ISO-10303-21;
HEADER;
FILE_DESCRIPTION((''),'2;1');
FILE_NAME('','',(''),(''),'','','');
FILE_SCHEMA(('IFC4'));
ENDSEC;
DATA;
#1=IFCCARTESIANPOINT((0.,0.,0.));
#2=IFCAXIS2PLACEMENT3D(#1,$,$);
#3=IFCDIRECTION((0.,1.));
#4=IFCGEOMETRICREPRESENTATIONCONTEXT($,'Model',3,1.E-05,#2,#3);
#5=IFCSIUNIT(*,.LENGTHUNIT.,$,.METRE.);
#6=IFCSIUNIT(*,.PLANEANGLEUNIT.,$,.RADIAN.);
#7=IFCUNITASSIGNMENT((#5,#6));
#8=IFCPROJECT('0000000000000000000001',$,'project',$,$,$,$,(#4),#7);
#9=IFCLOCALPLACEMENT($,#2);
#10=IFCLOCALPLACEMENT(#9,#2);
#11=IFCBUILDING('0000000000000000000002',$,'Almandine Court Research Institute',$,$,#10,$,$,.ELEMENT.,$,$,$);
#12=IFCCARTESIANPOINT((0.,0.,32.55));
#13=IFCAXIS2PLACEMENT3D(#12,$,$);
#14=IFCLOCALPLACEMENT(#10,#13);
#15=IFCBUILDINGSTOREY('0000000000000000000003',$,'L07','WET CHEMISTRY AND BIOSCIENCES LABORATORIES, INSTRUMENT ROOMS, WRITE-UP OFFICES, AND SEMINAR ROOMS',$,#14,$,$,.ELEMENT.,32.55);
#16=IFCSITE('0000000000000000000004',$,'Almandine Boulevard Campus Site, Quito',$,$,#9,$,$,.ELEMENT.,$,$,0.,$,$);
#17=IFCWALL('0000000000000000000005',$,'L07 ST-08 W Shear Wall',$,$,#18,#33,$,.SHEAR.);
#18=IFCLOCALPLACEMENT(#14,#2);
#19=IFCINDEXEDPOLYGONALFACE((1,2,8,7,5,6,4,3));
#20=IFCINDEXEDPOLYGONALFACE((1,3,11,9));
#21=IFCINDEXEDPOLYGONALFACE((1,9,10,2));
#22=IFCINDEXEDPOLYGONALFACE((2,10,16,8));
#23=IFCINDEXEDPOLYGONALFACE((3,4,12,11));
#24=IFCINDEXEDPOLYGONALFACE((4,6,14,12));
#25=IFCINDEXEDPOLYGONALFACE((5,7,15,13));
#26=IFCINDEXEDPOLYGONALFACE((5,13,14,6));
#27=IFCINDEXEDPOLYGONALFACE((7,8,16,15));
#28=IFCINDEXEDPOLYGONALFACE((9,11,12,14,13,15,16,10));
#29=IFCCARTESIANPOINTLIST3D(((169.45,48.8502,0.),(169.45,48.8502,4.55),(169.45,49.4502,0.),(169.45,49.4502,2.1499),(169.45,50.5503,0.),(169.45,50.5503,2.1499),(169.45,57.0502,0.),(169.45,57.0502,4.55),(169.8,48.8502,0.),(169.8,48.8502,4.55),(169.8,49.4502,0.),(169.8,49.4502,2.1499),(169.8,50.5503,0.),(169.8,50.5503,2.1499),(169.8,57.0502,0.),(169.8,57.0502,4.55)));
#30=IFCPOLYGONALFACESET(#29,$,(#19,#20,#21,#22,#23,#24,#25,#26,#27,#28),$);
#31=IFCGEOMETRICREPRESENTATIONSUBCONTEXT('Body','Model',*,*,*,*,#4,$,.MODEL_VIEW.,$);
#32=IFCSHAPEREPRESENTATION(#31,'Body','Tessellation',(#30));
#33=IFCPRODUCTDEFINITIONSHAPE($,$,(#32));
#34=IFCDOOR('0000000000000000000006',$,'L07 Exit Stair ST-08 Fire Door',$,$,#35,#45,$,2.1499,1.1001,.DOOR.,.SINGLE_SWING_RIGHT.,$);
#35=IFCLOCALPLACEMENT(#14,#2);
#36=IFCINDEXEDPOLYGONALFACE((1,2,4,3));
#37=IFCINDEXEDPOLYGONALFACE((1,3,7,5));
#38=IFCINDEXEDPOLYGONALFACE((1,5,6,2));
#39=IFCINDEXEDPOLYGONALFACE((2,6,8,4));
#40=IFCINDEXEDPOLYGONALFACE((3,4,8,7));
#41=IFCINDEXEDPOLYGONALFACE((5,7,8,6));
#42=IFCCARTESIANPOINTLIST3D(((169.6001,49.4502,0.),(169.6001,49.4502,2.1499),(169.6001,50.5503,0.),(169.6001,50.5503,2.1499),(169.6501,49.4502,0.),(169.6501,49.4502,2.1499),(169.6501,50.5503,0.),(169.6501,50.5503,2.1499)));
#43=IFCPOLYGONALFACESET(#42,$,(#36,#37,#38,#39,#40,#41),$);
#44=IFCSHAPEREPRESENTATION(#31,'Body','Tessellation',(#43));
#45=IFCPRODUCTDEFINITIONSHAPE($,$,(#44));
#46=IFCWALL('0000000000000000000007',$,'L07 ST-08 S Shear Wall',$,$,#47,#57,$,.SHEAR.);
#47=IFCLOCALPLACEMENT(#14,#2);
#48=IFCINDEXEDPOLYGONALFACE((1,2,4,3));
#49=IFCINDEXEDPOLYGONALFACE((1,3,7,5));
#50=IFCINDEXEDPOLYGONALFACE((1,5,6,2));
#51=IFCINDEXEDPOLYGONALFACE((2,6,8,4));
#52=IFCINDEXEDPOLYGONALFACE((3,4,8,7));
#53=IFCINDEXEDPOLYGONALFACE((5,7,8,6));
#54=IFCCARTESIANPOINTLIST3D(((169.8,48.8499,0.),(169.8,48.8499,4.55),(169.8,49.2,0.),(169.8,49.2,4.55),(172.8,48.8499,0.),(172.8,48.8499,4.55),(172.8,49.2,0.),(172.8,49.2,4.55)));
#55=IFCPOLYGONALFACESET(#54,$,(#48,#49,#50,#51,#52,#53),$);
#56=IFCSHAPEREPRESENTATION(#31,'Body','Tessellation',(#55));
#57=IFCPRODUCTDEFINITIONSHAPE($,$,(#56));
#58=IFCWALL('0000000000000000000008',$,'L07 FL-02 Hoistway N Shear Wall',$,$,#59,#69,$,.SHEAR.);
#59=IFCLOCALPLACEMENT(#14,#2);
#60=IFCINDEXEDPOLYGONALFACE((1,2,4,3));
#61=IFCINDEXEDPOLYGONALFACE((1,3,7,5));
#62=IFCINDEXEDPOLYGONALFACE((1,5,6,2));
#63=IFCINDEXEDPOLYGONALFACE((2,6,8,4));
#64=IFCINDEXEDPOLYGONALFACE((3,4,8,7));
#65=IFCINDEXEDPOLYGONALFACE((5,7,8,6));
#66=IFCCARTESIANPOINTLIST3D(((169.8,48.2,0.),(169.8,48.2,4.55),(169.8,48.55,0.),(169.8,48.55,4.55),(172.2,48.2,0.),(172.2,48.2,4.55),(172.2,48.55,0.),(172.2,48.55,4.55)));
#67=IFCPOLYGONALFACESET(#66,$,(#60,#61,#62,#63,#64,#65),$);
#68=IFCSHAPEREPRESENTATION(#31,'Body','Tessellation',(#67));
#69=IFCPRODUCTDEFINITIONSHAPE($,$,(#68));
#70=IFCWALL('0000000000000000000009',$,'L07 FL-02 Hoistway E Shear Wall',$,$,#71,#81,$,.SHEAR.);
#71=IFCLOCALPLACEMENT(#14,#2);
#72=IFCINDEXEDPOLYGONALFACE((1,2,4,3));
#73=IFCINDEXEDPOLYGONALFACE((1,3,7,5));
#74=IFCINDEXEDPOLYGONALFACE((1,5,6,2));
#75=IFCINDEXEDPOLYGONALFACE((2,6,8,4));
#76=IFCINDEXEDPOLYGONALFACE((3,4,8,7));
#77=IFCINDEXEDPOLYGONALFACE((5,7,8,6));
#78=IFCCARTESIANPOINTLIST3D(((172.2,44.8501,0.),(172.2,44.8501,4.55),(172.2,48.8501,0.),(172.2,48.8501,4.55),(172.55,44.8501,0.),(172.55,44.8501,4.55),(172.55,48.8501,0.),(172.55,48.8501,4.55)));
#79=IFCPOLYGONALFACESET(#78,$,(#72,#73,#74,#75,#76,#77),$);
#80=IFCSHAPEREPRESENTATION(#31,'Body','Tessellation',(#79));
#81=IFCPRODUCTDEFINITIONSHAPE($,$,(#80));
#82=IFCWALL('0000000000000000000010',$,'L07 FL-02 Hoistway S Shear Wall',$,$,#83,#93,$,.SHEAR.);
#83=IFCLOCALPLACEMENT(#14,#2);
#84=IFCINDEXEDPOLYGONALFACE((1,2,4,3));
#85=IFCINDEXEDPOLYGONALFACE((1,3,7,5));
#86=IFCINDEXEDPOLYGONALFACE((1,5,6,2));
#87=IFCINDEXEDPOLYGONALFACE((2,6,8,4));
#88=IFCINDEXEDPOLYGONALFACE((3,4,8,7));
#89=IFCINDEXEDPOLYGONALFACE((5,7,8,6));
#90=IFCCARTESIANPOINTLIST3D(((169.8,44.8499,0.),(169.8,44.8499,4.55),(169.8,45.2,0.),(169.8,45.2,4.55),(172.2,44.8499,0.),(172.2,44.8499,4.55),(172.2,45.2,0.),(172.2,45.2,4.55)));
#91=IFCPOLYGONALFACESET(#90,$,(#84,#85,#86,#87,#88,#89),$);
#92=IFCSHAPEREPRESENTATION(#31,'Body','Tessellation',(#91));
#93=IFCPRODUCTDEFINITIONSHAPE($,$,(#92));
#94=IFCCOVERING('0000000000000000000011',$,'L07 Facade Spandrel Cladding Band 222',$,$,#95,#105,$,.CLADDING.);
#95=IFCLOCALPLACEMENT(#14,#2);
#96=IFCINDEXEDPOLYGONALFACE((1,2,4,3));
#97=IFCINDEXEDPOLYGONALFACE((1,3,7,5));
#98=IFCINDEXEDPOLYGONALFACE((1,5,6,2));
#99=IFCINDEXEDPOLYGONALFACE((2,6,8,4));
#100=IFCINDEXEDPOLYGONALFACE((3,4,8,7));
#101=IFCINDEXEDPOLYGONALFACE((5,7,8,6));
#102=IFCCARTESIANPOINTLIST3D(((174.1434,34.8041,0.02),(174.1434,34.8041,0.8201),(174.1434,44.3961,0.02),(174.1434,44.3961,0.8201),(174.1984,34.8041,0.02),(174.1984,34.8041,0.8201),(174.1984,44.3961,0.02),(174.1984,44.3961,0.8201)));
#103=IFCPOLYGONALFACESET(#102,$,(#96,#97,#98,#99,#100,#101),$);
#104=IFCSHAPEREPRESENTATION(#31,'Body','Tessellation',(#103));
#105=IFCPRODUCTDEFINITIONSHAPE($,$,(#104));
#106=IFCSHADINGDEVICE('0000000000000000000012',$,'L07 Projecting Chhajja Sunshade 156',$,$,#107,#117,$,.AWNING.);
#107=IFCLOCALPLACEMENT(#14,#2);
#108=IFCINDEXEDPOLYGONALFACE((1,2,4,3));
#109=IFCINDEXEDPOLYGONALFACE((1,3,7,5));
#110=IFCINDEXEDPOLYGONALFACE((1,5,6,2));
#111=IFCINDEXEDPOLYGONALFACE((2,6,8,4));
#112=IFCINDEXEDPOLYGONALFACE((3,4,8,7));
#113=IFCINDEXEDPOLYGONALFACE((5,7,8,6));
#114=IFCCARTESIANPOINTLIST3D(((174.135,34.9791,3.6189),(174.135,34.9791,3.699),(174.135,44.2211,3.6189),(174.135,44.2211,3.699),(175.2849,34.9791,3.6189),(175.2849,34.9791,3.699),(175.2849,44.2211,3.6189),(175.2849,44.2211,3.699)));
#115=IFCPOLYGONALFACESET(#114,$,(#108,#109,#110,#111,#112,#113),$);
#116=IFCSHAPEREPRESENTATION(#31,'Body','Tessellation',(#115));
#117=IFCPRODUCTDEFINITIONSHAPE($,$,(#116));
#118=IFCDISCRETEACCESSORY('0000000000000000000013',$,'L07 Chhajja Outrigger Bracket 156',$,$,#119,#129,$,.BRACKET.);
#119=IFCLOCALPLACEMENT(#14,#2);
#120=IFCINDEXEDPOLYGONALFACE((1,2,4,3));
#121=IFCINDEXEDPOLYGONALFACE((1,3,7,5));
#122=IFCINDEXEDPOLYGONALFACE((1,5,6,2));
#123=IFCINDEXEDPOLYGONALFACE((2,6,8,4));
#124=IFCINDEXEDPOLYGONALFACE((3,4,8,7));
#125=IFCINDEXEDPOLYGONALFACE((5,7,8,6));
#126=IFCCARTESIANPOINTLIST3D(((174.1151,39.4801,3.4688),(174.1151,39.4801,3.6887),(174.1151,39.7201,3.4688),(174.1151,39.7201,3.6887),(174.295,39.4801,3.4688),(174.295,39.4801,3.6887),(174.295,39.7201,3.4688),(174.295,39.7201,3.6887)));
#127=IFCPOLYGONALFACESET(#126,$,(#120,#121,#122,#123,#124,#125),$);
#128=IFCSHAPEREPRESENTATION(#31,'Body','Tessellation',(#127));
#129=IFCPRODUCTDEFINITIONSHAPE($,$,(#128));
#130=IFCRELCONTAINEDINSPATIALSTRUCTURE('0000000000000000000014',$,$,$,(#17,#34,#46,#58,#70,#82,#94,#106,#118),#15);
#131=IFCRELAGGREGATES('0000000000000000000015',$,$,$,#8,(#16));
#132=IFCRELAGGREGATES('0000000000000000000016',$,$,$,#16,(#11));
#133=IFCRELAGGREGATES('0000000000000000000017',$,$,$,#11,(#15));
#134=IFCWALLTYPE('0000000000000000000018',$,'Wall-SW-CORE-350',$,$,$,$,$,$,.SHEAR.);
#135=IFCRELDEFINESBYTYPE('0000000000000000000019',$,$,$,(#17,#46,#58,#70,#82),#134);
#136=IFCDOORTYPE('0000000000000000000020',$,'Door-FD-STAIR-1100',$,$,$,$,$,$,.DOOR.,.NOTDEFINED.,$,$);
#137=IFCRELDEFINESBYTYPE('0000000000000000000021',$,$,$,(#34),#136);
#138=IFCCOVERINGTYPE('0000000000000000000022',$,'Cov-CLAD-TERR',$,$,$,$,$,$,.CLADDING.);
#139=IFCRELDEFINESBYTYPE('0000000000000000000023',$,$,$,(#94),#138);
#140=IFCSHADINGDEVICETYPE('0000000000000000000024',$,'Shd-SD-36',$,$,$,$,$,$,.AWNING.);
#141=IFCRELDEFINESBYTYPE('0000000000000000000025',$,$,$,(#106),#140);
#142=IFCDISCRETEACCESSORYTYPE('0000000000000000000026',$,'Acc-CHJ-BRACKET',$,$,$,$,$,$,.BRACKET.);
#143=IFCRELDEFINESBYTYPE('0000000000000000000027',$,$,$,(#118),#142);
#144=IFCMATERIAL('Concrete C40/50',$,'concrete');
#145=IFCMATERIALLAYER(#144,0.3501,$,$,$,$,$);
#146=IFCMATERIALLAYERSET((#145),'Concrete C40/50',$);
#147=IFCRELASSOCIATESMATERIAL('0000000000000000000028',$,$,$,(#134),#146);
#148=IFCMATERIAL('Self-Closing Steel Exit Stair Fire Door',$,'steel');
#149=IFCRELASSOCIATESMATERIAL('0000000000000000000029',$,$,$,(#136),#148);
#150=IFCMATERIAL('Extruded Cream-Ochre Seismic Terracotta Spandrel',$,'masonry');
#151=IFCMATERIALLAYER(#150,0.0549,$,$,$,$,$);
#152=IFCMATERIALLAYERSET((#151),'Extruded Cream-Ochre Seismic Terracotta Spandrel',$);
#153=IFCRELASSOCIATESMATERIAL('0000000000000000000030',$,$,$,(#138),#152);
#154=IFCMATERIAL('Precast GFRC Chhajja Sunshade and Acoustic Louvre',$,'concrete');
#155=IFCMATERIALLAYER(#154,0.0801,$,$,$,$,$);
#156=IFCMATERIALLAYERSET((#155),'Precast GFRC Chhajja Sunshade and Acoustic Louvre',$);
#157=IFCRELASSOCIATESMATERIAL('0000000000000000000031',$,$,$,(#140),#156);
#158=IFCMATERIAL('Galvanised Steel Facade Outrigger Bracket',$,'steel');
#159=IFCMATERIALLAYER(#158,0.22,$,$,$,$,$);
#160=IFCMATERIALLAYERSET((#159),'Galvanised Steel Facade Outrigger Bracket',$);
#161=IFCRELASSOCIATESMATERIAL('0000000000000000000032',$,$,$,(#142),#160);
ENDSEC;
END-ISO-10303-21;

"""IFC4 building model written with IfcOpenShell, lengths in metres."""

from ifc_helpers import new_model, si_unit, direction, frame, frame_2d, origin, origin_2d, place, context, subcontext, project, spatial, rectangle, extrude, material, layer, layer_set, type_object, element, fill, save


model = new_model("IFC4")

# Units and contexts
model_context = context("Model", 3, precision=1e-05, world=origin(), true_north=direction((0.0, 1.0)))
body_context = subcontext(model_context, "Body", "Model", "MODEL_VIEW")
ifc_project = project(units=[si_unit("LENGTHUNIT", "METRE"), si_unit("PLANEANGLEUNIT", "RADIAN")], contexts=[model_context])

# Site, building, storey
site_placement = place(None, origin())
site = spatial("IfcSite", under=ifc_project, at=site_placement, Name="Almandine Boulevard Campus Site, Quito", CompositionType="ELEMENT", RefElevation=0.0)
building_placement = place(site_placement, origin())
building = spatial("IfcBuilding", under=site, at=building_placement, Name="Almandine Court Research Institute", CompositionType="ELEMENT")
storey_placement = place(building_placement, frame((0.0, 0.0, 32.55)))
storey = spatial("IfcBuildingStorey", under=building, at=storey_placement, Name="L07", Description="WET CHEMISTRY AND BIOSCIENCES LABORATORIES, INSTRUMENT ROOMS, WRITE-UP OFFICES, AND SEMINAR ROOMS", CompositionType="ELEMENT", Elevation=32.55)

# Shared definitions
ifc_material_1 = material(Name="Concrete C40/50", Category="concrete")

# Wall, opening, door
ifc_layer_1 = layer(ifc_material_1, 0.3501)
ifc_layer_set_1 = layer_set([ifc_layer_1], Name="Concrete C40/50")
wall_type_1 = type_object("IfcWallType", Name="Wall-SW-CORE-350", PredefinedType="SHEAR", material=ifc_layer_set_1)
wall_1_placement = place(storey_placement, frame((169.625, 48.8501, 0.0), z_axis=(0.0, 0.0, 1.0), x_axis=(0.0, 1.0, 0.0)))
wall_1 = element("IfcWall", 1, at=wall_1_placement, inside=storey, type_object=wall_type_1, Name="L07 ST-08 W Shear Wall", PredefinedType="SHEAR", context=body_context, shape_type="SweptSolid", body=[
    extrude(rectangle(XDim=8.2, YDim=0.3501, at=frame_2d((4.1001, 0.0))), origin(), (0.0, 0.0, 1.0), 4.55),
])
opening_1_placement = place(wall_1_placement, frame((0.6001, 0.0, 0.0)))
opening_1 = element("IfcOpeningElement", 2, at=opening_1_placement, cuts=wall_1, PredefinedType="OPENING", context=body_context, shape_type="SweptSolid", body=[
    extrude(rectangle(XDim=1.1001, YDim=2.1499, at=frame_2d((0.55, 1.075))), frame((0.0, 0.1851, 0.0), z_axis=(0.0, -1.0, 0.0), x_axis=(1.0, 0.0, 0.0)), (0.0, 0.0, 1.0), 0.3701),
])
ifc_material_2 = material(Name="Self-Closing Steel Exit Stair Fire Door", Category="steel")
door_type_1 = type_object("IfcDoorType", Name="Door-FD-STAIR-1100", OperationType="NOTDEFINED", PredefinedType="DOOR", material=ifc_material_2)
door_1_placement = place(opening_1_placement, origin())
door_1 = element("IfcDoor", 3, at=door_1_placement, inside=storey, type_object=door_type_1, Name="L07 Exit Stair ST-08 Fire Door", OperationType="SINGLE_SWING_RIGHT", OverallHeight=2.1499, OverallWidth=1.1001, PredefinedType="DOOR", context=body_context, shape_type="SweptSolid", body=[
    extrude(rectangle(XDim=1.1001, YDim=2.1499, at=frame_2d((0.55, 1.075))), frame((0.0, 0.0249, 0.0), z_axis=(0.0, -1.0, 0.0), x_axis=(1.0, 0.0, 0.0)), (0.0, 0.0, 1.0), 0.05),
])
fill(opening_1, door_1)

# Wall
wall_2_placement = place(storey_placement, frame((172.8, 49.0249, 0.0), z_axis=(0.0, 0.0, 1.0), x_axis=(-1.0, 0.0, 0.0)))
element("IfcWall", 4, at=wall_2_placement, inside=storey, type_object=wall_type_1, Name="L07 ST-08 S Shear Wall", PredefinedType="SHEAR", context=body_context, shape_type="SweptSolid", body=[
    extrude(rectangle(XDim=3.0, YDim=0.3501, at=frame_2d((1.5, 0.0))), origin(), (0.0, 0.0, 1.0), 4.55),
])

# Walls
wall_3_placement = place(storey_placement, frame((169.8, 48.375, 0.0), z_axis=(0.0, 0.0, 1.0), x_axis=(1.0, 0.0, 0.0)))
element("IfcWall", 5, at=wall_3_placement, inside=storey, type_object=wall_type_1, Name="L07 FL-02 Hoistway N Shear Wall", PredefinedType="SHEAR", context=body_context, shape_type="SweptSolid", body=[
    extrude(rectangle(XDim=2.3999, YDim=0.3501, at=frame_2d((1.2, 0.0))), origin(), (0.0, 0.0, 1.0), 4.55),
])
wall_4_placement = place(storey_placement, frame((172.375, 48.8501, 0.0), z_axis=(0.0, 0.0, 1.0), x_axis=(0.0, -1.0, 0.0)))
element("IfcWall", 6, at=wall_4_placement, inside=storey, type_object=wall_type_1, Name="L07 FL-02 Hoistway E Shear Wall", PredefinedType="SHEAR", context=body_context, shape_type="SweptSolid", body=[
    extrude(rectangle(XDim=4.0, YDim=0.3501, at=frame_2d((2.0, 0.0))), origin(), (0.0, 0.0, 1.0), 4.55),
])
wall_5_placement = place(storey_placement, frame((172.2, 45.0249, 0.0), z_axis=(0.0, 0.0, 1.0), x_axis=(-1.0, 0.0, 0.0)))
element("IfcWall", 7, at=wall_5_placement, inside=storey, type_object=wall_type_1, Name="L07 FL-02 Hoistway S Shear Wall", PredefinedType="SHEAR", context=body_context, shape_type="SweptSolid", body=[
    extrude(rectangle(XDim=2.3999, YDim=0.3501, at=frame_2d((1.2, 0.0))), origin(), (0.0, 0.0, 1.0), 4.55),
])

# Covering
ifc_material_3 = material(Name="Extruded Cream-Ochre Seismic Terracotta Spandrel", Category="masonry")
ifc_layer_2 = layer(ifc_material_3, 0.0549)
ifc_layer_set_2 = layer_set([ifc_layer_2], Name="Extruded Cream-Ochre Seismic Terracotta Spandrel")
covering_type = type_object("IfcCoveringType", Name="Cov-CLAD-TERR", PredefinedType="CLADDING", material=ifc_layer_set_2)
covering_placement = place(storey_placement, frame((174.1709, 39.6001, 0.02), z_axis=(0.0, 0.0, 1.0), x_axis=(0.0, -1.0, 0.0)))
element("IfcCovering", 8, at=covering_placement, inside=storey, type_object=covering_type, Name="L07 Facade Spandrel Cladding Band 222", PredefinedType="CLADDING", context=body_context, shape_type="SweptSolid", body=[
    extrude(rectangle(XDim=9.592, YDim=0.0549, at=origin_2d()), origin(), (0.0, 0.0, 1.0), 0.8),
])

# Shading device
ifc_material_4 = material(Name="Precast GFRC Chhajja Sunshade and Acoustic Louvre", Category="concrete")
ifc_layer_3 = layer(ifc_material_4, 0.0801)
ifc_layer_set_3 = layer_set([ifc_layer_3], Name="Precast GFRC Chhajja Sunshade and Acoustic Louvre")
shading_device_type = type_object("IfcShadingDeviceType", Name="Shd-SD-36", PredefinedType="AWNING", material=ifc_layer_set_3)
shading_device_placement = place(storey_placement, frame((174.71, 39.6001, 3.6189), z_axis=(0.0, 0.0, 1.0), x_axis=(0.0, -1.0, 0.0)))
element("IfcShadingDevice", 9, at=shading_device_placement, inside=storey, type_object=shading_device_type, Name="L07 Projecting Chhajja Sunshade 156", PredefinedType="AWNING", context=body_context, shape_type="SweptSolid", body=[
    extrude(rectangle(XDim=9.2419, YDim=1.1499, at=origin_2d()), origin(), (0.0, 0.0, 1.0), 0.0801),
])

# Discrete accessory
ifc_material_5 = material(Name="Galvanised Steel Facade Outrigger Bracket", Category="steel")
ifc_layer_4 = layer(ifc_material_5, 0.22)
ifc_layer_set_4 = layer_set([ifc_layer_4], Name="Galvanised Steel Facade Outrigger Bracket")
discrete_accessory_type = type_object("IfcDiscreteAccessoryType", Name="Acc-CHJ-BRACKET", PredefinedType="BRACKET", material=ifc_layer_set_4)
discrete_accessory_placement = place(storey_placement, frame((174.2051, 39.6001, 3.4688), z_axis=(0.0, 0.0, 1.0), x_axis=(0.0, -1.0, 0.0)))
element("IfcDiscreteAccessory", 10, at=discrete_accessory_placement, inside=storey, type_object=discrete_accessory_type, Name="L07 Chhajja Outrigger Bracket 156", PredefinedType="BRACKET", context=body_context, shape_type="SweptSolid", body=[
    extrude(rectangle(XDim=0.24, YDim=0.1799, at=origin_2d()), origin(), (0.0, 0.0, 1.0), 0.22),
])

save(model, "model.ifc")
